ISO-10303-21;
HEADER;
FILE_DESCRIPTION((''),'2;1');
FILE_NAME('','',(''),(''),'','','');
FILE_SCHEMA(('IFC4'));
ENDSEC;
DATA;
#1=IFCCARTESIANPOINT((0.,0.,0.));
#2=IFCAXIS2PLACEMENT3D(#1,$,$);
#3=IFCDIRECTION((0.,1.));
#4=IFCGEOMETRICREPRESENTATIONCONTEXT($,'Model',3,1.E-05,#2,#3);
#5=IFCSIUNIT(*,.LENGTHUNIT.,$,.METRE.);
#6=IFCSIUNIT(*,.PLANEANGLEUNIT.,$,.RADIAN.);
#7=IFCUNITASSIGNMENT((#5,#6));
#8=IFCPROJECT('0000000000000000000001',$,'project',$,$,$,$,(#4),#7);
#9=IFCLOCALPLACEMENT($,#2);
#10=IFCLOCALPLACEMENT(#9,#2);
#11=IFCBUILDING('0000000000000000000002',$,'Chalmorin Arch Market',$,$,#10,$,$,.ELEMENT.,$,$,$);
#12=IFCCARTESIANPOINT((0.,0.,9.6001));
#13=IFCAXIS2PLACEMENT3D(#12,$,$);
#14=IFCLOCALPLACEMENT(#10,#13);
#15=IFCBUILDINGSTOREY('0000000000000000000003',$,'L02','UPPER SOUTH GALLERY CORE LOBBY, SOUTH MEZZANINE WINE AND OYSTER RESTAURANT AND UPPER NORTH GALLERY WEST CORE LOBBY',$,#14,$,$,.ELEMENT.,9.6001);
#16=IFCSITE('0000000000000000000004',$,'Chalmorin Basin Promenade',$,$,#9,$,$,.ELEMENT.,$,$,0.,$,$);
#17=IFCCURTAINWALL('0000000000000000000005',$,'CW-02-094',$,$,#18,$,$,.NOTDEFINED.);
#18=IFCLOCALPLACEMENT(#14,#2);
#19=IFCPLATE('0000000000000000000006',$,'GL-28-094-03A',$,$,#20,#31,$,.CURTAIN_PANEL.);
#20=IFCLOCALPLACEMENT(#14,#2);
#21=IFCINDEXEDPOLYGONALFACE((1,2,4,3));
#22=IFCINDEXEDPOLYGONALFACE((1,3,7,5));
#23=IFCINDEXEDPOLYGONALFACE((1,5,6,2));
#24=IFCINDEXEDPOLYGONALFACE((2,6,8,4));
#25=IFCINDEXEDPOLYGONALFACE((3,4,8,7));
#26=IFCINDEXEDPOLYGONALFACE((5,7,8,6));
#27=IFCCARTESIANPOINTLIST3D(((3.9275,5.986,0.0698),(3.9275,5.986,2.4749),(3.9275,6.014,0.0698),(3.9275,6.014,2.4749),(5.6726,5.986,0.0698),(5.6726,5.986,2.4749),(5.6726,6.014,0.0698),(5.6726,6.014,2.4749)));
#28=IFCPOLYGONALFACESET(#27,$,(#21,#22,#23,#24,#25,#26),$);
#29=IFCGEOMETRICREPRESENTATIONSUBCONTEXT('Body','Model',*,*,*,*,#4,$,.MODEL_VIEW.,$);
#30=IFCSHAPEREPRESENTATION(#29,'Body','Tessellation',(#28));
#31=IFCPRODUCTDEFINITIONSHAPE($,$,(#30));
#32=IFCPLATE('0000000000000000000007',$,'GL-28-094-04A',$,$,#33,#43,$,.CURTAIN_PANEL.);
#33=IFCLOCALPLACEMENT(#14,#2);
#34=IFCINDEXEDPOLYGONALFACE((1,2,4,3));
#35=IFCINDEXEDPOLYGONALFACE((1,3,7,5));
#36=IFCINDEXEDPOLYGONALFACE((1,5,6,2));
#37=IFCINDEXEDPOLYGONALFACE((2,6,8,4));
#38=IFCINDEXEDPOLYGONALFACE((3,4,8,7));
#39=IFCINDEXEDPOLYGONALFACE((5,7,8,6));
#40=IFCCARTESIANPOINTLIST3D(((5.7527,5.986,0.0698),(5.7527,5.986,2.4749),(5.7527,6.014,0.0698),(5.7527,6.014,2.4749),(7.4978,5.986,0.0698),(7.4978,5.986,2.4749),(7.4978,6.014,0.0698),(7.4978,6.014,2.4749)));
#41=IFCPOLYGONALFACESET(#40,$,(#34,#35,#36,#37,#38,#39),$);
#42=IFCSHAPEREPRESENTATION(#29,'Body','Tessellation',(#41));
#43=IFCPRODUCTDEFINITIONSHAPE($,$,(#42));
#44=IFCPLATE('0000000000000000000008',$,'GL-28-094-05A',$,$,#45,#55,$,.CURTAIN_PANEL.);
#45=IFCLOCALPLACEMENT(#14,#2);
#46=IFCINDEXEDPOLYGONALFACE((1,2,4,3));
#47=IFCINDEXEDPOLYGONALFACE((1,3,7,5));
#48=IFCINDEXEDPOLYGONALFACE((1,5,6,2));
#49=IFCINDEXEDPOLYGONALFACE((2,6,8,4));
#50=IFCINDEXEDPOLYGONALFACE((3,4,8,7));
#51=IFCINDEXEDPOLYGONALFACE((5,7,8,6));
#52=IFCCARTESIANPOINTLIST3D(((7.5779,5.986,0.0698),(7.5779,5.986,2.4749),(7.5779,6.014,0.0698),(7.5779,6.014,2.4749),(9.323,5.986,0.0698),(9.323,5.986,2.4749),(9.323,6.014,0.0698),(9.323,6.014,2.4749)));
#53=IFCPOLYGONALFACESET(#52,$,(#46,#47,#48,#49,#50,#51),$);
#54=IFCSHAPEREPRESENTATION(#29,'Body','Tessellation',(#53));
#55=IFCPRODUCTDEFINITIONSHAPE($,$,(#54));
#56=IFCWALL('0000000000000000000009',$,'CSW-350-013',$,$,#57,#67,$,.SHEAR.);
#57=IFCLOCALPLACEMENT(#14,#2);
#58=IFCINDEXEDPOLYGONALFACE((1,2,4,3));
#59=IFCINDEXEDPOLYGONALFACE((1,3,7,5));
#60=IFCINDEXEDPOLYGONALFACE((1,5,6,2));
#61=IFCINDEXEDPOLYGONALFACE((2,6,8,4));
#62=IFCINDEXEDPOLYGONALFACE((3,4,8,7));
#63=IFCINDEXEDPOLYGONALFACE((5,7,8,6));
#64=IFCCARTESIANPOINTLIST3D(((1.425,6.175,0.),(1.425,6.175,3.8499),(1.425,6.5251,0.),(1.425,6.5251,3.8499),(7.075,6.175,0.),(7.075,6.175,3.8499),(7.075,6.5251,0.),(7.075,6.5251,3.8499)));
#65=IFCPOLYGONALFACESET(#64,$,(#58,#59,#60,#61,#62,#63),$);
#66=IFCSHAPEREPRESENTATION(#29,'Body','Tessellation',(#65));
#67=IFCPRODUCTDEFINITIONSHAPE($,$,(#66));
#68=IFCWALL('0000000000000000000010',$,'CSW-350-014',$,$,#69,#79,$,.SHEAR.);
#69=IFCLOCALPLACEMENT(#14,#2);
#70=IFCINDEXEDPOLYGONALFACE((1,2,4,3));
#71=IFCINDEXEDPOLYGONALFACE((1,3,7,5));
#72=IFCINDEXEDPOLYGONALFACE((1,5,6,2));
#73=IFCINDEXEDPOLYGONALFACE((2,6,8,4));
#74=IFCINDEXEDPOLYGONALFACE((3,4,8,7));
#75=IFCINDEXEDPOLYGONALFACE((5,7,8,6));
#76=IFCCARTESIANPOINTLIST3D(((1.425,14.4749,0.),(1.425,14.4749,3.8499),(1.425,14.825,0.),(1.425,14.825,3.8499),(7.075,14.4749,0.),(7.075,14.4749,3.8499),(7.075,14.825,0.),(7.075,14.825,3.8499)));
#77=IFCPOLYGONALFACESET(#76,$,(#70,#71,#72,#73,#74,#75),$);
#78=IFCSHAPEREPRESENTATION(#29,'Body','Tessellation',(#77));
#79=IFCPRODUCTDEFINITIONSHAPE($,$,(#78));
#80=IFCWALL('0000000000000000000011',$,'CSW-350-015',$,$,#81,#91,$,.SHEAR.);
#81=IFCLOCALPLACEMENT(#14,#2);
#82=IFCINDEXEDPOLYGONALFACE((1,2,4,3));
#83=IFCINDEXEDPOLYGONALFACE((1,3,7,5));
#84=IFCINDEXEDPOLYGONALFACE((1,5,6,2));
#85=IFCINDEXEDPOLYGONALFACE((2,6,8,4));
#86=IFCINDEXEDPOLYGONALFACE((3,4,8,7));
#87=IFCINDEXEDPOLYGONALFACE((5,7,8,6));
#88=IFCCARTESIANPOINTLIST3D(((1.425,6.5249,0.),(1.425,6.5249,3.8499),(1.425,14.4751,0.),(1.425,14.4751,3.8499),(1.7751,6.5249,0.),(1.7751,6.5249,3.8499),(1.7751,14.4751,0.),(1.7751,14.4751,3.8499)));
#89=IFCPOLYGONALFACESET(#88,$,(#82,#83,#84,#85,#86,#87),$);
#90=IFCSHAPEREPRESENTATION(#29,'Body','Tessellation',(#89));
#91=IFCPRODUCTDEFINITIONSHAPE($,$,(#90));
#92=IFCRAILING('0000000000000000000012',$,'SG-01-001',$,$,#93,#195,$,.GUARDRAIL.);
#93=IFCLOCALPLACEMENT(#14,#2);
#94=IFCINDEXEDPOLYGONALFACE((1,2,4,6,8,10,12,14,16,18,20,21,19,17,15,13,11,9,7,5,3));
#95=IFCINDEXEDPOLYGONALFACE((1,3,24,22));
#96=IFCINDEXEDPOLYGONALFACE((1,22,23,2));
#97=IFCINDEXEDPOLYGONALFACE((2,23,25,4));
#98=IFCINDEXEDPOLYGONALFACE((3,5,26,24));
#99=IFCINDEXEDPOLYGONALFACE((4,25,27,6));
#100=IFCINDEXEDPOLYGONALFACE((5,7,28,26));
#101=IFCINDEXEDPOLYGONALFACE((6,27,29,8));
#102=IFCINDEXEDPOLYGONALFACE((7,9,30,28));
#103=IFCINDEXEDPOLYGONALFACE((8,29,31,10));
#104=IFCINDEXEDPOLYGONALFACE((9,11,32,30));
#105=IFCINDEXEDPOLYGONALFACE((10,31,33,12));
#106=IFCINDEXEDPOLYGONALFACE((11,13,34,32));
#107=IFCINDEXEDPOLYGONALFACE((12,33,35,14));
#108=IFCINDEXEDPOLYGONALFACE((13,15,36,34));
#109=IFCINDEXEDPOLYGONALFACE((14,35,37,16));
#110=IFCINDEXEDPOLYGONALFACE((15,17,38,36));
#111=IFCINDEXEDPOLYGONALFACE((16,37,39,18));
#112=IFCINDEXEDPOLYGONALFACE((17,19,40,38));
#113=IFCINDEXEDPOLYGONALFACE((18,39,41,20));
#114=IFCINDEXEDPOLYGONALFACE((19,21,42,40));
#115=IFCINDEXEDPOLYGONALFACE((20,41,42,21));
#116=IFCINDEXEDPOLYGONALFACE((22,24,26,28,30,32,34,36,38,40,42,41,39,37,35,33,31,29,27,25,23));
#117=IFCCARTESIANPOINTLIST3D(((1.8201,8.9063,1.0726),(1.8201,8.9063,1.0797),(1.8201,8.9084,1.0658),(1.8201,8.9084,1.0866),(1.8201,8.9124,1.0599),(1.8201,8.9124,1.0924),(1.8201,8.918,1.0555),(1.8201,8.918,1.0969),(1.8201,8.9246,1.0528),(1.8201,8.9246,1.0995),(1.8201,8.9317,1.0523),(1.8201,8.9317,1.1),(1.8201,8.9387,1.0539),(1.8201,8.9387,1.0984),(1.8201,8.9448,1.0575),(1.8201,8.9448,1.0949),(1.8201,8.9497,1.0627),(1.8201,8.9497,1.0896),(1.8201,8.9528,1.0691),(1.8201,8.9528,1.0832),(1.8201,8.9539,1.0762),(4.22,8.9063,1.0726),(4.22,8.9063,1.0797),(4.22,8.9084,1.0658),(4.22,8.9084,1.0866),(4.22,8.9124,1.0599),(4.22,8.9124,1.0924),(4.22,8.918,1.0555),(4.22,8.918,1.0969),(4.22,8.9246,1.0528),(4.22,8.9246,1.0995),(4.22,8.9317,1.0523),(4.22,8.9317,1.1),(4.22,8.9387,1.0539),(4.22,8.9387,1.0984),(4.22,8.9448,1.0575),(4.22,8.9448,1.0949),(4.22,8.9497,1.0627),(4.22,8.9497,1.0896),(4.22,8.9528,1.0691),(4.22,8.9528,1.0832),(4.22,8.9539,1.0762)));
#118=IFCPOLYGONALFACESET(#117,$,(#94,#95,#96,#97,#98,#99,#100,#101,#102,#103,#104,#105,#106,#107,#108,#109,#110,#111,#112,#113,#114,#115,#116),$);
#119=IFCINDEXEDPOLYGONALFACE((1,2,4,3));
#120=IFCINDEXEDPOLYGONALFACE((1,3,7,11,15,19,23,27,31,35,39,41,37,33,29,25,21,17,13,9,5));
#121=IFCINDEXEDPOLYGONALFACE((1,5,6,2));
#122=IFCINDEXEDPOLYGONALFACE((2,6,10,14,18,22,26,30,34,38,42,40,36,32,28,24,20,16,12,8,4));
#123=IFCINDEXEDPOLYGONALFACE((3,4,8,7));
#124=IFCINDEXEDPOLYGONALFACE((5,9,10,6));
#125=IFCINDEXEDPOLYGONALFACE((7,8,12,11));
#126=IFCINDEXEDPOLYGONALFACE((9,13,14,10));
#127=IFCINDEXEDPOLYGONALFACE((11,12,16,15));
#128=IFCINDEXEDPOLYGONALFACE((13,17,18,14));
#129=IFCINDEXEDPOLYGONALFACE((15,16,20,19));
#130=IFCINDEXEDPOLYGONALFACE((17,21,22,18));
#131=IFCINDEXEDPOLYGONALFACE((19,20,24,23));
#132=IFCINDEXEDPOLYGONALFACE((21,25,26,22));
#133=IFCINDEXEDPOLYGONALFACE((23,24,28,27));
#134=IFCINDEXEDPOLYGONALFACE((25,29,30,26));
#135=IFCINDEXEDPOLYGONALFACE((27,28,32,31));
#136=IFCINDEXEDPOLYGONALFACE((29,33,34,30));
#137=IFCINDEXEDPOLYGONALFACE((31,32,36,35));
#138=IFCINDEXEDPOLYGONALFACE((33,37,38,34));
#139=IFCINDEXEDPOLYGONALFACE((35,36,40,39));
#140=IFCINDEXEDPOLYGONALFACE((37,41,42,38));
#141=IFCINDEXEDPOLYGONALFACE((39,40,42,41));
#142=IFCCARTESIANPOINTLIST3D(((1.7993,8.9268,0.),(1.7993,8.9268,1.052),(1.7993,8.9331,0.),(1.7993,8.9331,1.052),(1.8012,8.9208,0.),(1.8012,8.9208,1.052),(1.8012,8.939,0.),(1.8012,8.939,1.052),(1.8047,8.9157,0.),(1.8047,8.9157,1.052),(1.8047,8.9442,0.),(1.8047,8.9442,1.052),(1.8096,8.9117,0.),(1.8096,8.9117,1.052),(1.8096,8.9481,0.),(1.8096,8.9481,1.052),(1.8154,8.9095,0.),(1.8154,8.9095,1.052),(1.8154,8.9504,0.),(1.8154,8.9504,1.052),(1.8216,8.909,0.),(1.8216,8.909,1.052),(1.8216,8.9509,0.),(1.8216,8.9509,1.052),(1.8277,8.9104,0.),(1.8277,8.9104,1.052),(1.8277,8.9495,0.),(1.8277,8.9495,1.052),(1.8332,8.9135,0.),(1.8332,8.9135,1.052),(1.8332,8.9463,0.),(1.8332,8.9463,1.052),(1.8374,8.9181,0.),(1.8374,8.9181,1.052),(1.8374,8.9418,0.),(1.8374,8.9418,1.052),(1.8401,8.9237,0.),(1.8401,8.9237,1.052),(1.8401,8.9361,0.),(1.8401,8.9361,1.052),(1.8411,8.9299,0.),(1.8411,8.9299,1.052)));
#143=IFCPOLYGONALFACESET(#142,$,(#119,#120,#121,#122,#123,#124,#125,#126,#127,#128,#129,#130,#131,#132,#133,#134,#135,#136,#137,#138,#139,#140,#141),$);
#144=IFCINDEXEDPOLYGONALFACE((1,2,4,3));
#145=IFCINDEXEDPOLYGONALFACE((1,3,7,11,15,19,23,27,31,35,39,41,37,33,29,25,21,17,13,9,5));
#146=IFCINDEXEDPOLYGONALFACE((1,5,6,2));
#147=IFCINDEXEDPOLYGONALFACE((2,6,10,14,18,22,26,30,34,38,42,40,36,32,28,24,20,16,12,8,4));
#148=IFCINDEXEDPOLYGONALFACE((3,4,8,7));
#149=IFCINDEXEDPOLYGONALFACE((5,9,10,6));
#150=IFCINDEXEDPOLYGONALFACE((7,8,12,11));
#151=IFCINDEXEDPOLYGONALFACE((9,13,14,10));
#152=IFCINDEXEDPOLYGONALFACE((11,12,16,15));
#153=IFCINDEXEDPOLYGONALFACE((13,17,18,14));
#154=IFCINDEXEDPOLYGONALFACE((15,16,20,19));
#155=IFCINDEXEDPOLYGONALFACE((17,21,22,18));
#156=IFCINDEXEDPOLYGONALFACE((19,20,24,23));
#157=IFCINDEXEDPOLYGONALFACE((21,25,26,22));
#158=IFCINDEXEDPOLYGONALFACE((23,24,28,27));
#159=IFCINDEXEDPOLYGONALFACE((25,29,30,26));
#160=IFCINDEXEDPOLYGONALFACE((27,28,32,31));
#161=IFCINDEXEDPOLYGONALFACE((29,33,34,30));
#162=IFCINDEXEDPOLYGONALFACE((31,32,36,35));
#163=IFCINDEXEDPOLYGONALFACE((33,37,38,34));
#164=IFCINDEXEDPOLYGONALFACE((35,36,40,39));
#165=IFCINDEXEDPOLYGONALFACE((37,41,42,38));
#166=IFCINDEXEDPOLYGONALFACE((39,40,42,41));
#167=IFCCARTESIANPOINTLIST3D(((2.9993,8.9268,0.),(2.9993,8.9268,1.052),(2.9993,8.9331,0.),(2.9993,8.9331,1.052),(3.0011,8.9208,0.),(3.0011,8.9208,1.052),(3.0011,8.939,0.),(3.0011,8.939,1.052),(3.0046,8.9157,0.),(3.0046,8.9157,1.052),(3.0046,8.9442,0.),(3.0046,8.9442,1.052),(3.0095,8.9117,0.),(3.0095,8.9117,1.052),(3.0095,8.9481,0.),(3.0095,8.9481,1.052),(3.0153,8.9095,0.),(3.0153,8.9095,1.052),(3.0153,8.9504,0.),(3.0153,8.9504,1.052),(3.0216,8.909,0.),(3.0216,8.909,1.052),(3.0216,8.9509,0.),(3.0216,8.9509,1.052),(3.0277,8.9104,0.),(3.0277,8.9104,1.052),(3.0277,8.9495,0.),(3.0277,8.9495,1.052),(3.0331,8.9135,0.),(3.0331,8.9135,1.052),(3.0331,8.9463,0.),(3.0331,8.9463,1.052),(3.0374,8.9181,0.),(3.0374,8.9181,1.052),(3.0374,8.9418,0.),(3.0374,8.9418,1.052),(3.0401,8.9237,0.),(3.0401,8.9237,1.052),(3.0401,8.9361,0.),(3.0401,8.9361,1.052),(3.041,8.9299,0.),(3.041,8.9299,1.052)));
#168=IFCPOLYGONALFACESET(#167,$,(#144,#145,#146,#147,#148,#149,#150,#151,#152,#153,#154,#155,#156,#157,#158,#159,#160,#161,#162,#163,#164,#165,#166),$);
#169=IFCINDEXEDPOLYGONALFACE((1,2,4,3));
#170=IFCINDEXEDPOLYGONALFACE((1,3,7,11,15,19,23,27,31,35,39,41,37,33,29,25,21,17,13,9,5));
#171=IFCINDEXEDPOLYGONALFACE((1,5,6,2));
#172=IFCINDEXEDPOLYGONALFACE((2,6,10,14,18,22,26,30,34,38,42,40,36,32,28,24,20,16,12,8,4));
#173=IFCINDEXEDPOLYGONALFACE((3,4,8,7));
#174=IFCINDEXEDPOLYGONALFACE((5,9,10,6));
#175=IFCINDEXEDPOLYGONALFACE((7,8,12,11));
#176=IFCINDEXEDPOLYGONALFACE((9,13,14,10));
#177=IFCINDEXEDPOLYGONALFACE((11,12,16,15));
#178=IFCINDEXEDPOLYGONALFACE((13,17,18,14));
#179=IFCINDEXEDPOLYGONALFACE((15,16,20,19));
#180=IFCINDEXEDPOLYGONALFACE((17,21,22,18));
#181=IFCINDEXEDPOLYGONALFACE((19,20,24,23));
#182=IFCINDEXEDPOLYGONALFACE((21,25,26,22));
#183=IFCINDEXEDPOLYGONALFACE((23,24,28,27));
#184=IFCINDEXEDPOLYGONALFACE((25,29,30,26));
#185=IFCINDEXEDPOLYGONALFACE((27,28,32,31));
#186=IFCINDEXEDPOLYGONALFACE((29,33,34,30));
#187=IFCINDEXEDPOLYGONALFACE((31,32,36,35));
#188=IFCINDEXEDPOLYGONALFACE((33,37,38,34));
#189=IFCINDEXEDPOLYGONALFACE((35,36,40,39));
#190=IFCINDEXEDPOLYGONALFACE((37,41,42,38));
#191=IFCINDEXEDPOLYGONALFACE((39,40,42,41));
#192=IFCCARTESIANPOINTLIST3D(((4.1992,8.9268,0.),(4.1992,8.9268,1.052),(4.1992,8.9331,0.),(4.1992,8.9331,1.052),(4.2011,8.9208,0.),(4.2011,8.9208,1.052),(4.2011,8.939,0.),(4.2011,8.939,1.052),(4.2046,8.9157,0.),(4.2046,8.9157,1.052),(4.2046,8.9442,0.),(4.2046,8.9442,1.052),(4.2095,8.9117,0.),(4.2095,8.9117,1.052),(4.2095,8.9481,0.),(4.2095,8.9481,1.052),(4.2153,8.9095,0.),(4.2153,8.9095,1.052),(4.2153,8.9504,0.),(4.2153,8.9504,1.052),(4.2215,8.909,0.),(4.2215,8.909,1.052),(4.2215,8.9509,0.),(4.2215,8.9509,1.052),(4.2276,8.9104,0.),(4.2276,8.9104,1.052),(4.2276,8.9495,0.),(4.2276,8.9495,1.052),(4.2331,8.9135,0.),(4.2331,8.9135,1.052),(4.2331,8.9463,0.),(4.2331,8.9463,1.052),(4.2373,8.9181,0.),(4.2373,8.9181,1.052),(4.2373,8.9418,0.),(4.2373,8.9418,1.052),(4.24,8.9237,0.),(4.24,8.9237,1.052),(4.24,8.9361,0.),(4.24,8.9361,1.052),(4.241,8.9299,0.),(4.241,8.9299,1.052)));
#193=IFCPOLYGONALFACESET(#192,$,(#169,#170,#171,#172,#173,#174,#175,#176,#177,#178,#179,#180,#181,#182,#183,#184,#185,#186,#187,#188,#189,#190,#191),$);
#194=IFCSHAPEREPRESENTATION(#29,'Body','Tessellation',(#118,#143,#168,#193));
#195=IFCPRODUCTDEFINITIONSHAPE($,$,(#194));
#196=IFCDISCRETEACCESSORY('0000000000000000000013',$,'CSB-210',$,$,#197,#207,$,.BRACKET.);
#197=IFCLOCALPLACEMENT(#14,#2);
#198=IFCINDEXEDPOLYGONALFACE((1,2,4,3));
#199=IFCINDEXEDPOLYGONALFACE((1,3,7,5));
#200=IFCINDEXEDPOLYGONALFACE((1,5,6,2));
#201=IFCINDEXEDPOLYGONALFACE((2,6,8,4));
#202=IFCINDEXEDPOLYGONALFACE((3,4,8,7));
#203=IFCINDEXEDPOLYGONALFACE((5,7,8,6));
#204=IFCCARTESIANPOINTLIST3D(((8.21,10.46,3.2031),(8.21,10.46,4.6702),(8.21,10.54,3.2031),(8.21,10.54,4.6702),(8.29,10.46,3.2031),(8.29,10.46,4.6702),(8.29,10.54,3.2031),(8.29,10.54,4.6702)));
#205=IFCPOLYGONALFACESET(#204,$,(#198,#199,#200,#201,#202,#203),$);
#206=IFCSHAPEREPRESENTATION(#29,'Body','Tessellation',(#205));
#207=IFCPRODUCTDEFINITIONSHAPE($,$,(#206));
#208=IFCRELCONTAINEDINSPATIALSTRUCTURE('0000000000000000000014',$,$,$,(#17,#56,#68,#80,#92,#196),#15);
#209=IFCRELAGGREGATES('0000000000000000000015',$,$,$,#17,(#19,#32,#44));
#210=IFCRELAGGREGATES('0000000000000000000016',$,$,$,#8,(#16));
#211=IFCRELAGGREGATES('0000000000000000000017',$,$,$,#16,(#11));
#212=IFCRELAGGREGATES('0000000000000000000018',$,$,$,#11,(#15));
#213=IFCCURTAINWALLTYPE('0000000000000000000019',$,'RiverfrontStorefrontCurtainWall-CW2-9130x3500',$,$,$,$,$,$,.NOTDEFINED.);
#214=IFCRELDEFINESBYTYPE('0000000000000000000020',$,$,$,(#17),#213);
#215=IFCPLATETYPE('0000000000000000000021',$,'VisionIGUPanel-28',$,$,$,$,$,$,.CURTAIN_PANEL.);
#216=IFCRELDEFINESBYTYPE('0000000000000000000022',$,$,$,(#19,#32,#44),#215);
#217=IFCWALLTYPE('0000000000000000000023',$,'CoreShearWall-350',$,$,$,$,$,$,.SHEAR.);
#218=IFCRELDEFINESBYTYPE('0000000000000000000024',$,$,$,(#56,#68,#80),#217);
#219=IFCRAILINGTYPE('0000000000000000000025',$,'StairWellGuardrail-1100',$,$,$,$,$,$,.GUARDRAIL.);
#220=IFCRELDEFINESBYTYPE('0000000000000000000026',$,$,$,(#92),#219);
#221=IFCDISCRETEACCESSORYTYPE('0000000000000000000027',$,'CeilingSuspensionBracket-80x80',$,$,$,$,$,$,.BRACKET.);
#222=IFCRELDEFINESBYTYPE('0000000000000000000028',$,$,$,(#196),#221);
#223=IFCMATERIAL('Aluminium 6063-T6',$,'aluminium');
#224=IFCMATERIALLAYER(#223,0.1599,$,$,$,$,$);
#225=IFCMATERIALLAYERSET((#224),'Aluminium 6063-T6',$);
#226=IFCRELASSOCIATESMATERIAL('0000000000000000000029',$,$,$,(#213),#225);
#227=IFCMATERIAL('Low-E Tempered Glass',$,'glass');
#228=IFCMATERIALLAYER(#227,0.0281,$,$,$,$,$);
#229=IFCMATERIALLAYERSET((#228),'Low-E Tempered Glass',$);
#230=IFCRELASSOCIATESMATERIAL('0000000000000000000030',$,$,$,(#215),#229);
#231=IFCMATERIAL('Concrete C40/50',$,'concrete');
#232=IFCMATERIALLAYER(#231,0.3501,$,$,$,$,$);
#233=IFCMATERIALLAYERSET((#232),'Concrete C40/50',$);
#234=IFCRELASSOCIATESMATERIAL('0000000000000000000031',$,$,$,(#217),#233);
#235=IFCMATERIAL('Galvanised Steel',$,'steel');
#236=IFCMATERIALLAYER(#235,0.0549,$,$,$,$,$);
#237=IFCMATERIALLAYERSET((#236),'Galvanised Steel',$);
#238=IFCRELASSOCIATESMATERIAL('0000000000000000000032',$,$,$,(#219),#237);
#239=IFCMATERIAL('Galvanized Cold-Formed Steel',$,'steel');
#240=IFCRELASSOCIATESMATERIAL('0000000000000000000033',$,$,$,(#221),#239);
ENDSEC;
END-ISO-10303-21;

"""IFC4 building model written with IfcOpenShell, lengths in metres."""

from ifc_helpers import new_model, si_unit, direction, frame, frame_2d, origin, origin_2d, place, context, subcontext, project, spatial, rectangle, circle, extrude, material, layer, layer_set, type_object, element, aggregate, save


model = new_model("IFC4")

# Units and contexts
model_context = context("Model", 3, precision=1e-05, world=origin(), true_north=direction((0.0, 1.0)))
body_context = subcontext(model_context, "Body", "Model", "MODEL_VIEW")
ifc_project = project(units=[si_unit("LENGTHUNIT", "METRE"), si_unit("PLANEANGLEUNIT", "RADIAN")], contexts=[model_context])

# Site, building, storey
site_placement = place(None, origin())
site = spatial("IfcSite", under=ifc_project, at=site_placement, Name="Chalmorin Basin Promenade", CompositionType="ELEMENT", RefElevation=0.0)
building_placement = place(site_placement, origin())
building = spatial("IfcBuilding", under=site, at=building_placement, Name="Chalmorin Arch Market", CompositionType="ELEMENT")
storey_placement = place(building_placement, frame((0.0, 0.0, 9.6001)))
storey = spatial("IfcBuildingStorey", under=building, at=storey_placement, Name="L02", Description="UPPER SOUTH GALLERY CORE LOBBY, SOUTH MEZZANINE WINE AND OYSTER RESTAURANT AND UPPER NORTH GALLERY WEST CORE LOBBY", CompositionType="ELEMENT", Elevation=9.6001)

# Curtain wall
ifc_material_1 = material(Name="Aluminium 6063-T6", Category="aluminium")
ifc_layer_1 = layer(ifc_material_1, 0.1599)
ifc_layer_set_1 = layer_set([ifc_layer_1], Name="Aluminium 6063-T6")
curtain_wall_type = type_object("IfcCurtainWallType", Name="RiverfrontStorefrontCurtainWall-CW2-9130x3500", PredefinedType="NOTDEFINED", material=ifc_layer_set_1)
curtain_wall_placement = place(storey_placement, origin())
curtain_wall = element("IfcCurtainWall", 1, at=curtain_wall_placement, inside=storey, type_object=curtain_wall_type, Name="CW-02-094", PredefinedType="NOTDEFINED")

# Plates
ifc_material_2 = material(Name="Low-E Tempered Glass", Category="glass")
ifc_layer_2 = layer(ifc_material_2, 0.0281)
ifc_layer_set_2 = layer_set([ifc_layer_2], Name="Low-E Tempered Glass")
plate_type_1 = type_object("IfcPlateType", Name="VisionIGUPanel-28", PredefinedType="CURTAIN_PANEL", material=ifc_layer_set_2)
plate_1_placement = place(storey_placement, frame((4.8, 6.0, 0.0698), z_axis=(0.0, 0.0, 1.0), x_axis=(1.0, 0.0, 0.0)))
plate_1 = element("IfcPlate", 2, at=plate_1_placement, type_object=plate_type_1, Name="GL-28-094-03A", PredefinedType="CURTAIN_PANEL", context=body_context, shape_type="SweptSolid", body=[
    extrude(rectangle(XDim=1.7451, YDim=0.0281, at=origin_2d()), origin(), (0.0, 0.0, 1.0), 2.405),
])
plate_2_placement = place(storey_placement, frame((6.6252, 6.0, 0.0698), z_axis=(0.0, 0.0, 1.0), x_axis=(1.0, 0.0, 0.0)))
plate_2 = element("IfcPlate", 3, at=plate_2_placement, type_object=plate_type_1, Name="GL-28-094-04A", PredefinedType="CURTAIN_PANEL", context=body_context, shape_type="SweptSolid", body=[
    extrude(rectangle(XDim=1.7451, YDim=0.0281, at=origin_2d()), origin(), (0.0, 0.0, 1.0), 2.405),
])
plate_3_placement = place(storey_placement, frame((8.4504, 6.0, 0.0698), z_axis=(0.0, 0.0, 1.0), x_axis=(1.0, 0.0, 0.0)))
plate_3 = element("IfcPlate", 4, at=plate_3_placement, type_object=plate_type_1, Name="GL-28-094-05A", PredefinedType="CURTAIN_PANEL", context=body_context, shape_type="SweptSolid", body=[
    extrude(rectangle(XDim=1.7451, YDim=0.0281, at=origin_2d()), origin(), (0.0, 0.0, 1.0), 2.405),
])
aggregate(curtain_wall, [plate_1, plate_2, plate_3])

# Walls
ifc_material_3 = material(Name="Concrete C40/50", Category="concrete")
ifc_layer_3 = layer(ifc_material_3, 0.3501)
ifc_layer_set_3 = layer_set([ifc_layer_3], Name="Concrete C40/50")
wall_type = type_object("IfcWallType", Name="CoreShearWall-350", PredefinedType="SHEAR", material=ifc_layer_set_3)
for number, where, z_axis, x_axis, name in (
    (5, (7.075, 6.3501, 0.0), (0.0, 0.0, 1.0), (-1.0, 0.0, 0.0), "CSW-350-013"),
    (6, (1.425, 14.6499, 0.0), (0.0, 0.0, 1.0), (1.0, 0.0, 0.0), "CSW-350-014"),
):
    element("IfcWall", number, at=place(storey_placement, frame(where, z_axis=z_axis, x_axis=x_axis)), inside=storey, type_object=wall_type, Name=name, PredefinedType="SHEAR", context=body_context, shape_type="SweptSolid", body=[
        extrude(rectangle(XDim=5.6499, YDim=0.3501, at=frame_2d((2.825, 0.0))), origin(), (0.0, 0.0, 1.0), 3.8499),
    ])
wall_1_placement = place(storey_placement, frame((1.6001, 6.5249, 0.0), z_axis=(0.0, 0.0, 1.0), x_axis=(0.0, 1.0, 0.0)))
element("IfcWall", 7, at=wall_1_placement, inside=storey, type_object=wall_type, Name="CSW-350-015", PredefinedType="SHEAR", context=body_context, shape_type="SweptSolid", body=[
    extrude(rectangle(XDim=7.9502, YDim=0.3501, at=frame_2d((3.9751, 0.0))), origin(), (0.0, 0.0, 1.0), 3.8499),
])

# Shared definitions
ifc_material_4 = material(Name="Galvanised Steel", Category="steel")

# Railing
ifc_layer_4 = layer(ifc_material_4, 0.0549)
ifc_layer_set_4 = layer_set([ifc_layer_4], Name="Galvanised Steel")
railing_type = type_object("IfcRailingType", Name="StairWellGuardrail-1100", PredefinedType="GUARDRAIL", material=ifc_layer_set_4)
railing_placement = place(storey_placement, frame((1.8201, 8.9299, 0.0)))
element("IfcRailing", 8, at=railing_placement, inside=storey, type_object=railing_type, Name="SG-01-001", PredefinedType="GUARDRAIL", context=body_context, shape_type="SweptSolid", body=[
    extrude(circle(Radius=0.0239, at=origin_2d()), frame((0.0, 0.0, 1.0762), z_axis=(1.0, 0.0, 0.0), x_axis=(0.0, 1.0, 0.0)), (0.0, 0.0, 1.0), 2.3999),
    extrude(circle(Radius=0.021, at=origin_2d()), origin(), (0.0, 0.0, 1.0), 1.052),
    extrude(circle(Radius=0.021, at=origin_2d()), frame((1.2, 0.0, 0.0)), (0.0, 0.0, 1.0), 1.052),
    extrude(circle(Radius=0.021, at=origin_2d()), frame((2.3999, 0.0, 0.0)), (0.0, 0.0, 1.0), 1.052),
])

# Discrete accessory
ifc_material_5 = material(Name="Galvanized Cold-Formed Steel", Category="steel")
discrete_accessory_type = type_object("IfcDiscreteAccessoryType", Name="CeilingSuspensionBracket-80x80", PredefinedType="BRACKET", material=ifc_material_5)
discrete_accessory_placement = place(storey_placement, frame((8.25, 10.5, 3.2031), z_axis=(0.0, 0.0, 1.0), x_axis=(1.0, 0.0, 0.0)))
element("IfcDiscreteAccessory", 9, at=discrete_accessory_placement, inside=storey, type_object=discrete_accessory_type, Name="CSB-210", PredefinedType="BRACKET", context=body_context, shape_type="SweptSolid", body=[
    extrude(rectangle(XDim=0.0801, YDim=0.0801, at=origin_2d()), origin(), (0.0, 0.0, 1.0), 1.467),
])

save(model, "model.ifc")
